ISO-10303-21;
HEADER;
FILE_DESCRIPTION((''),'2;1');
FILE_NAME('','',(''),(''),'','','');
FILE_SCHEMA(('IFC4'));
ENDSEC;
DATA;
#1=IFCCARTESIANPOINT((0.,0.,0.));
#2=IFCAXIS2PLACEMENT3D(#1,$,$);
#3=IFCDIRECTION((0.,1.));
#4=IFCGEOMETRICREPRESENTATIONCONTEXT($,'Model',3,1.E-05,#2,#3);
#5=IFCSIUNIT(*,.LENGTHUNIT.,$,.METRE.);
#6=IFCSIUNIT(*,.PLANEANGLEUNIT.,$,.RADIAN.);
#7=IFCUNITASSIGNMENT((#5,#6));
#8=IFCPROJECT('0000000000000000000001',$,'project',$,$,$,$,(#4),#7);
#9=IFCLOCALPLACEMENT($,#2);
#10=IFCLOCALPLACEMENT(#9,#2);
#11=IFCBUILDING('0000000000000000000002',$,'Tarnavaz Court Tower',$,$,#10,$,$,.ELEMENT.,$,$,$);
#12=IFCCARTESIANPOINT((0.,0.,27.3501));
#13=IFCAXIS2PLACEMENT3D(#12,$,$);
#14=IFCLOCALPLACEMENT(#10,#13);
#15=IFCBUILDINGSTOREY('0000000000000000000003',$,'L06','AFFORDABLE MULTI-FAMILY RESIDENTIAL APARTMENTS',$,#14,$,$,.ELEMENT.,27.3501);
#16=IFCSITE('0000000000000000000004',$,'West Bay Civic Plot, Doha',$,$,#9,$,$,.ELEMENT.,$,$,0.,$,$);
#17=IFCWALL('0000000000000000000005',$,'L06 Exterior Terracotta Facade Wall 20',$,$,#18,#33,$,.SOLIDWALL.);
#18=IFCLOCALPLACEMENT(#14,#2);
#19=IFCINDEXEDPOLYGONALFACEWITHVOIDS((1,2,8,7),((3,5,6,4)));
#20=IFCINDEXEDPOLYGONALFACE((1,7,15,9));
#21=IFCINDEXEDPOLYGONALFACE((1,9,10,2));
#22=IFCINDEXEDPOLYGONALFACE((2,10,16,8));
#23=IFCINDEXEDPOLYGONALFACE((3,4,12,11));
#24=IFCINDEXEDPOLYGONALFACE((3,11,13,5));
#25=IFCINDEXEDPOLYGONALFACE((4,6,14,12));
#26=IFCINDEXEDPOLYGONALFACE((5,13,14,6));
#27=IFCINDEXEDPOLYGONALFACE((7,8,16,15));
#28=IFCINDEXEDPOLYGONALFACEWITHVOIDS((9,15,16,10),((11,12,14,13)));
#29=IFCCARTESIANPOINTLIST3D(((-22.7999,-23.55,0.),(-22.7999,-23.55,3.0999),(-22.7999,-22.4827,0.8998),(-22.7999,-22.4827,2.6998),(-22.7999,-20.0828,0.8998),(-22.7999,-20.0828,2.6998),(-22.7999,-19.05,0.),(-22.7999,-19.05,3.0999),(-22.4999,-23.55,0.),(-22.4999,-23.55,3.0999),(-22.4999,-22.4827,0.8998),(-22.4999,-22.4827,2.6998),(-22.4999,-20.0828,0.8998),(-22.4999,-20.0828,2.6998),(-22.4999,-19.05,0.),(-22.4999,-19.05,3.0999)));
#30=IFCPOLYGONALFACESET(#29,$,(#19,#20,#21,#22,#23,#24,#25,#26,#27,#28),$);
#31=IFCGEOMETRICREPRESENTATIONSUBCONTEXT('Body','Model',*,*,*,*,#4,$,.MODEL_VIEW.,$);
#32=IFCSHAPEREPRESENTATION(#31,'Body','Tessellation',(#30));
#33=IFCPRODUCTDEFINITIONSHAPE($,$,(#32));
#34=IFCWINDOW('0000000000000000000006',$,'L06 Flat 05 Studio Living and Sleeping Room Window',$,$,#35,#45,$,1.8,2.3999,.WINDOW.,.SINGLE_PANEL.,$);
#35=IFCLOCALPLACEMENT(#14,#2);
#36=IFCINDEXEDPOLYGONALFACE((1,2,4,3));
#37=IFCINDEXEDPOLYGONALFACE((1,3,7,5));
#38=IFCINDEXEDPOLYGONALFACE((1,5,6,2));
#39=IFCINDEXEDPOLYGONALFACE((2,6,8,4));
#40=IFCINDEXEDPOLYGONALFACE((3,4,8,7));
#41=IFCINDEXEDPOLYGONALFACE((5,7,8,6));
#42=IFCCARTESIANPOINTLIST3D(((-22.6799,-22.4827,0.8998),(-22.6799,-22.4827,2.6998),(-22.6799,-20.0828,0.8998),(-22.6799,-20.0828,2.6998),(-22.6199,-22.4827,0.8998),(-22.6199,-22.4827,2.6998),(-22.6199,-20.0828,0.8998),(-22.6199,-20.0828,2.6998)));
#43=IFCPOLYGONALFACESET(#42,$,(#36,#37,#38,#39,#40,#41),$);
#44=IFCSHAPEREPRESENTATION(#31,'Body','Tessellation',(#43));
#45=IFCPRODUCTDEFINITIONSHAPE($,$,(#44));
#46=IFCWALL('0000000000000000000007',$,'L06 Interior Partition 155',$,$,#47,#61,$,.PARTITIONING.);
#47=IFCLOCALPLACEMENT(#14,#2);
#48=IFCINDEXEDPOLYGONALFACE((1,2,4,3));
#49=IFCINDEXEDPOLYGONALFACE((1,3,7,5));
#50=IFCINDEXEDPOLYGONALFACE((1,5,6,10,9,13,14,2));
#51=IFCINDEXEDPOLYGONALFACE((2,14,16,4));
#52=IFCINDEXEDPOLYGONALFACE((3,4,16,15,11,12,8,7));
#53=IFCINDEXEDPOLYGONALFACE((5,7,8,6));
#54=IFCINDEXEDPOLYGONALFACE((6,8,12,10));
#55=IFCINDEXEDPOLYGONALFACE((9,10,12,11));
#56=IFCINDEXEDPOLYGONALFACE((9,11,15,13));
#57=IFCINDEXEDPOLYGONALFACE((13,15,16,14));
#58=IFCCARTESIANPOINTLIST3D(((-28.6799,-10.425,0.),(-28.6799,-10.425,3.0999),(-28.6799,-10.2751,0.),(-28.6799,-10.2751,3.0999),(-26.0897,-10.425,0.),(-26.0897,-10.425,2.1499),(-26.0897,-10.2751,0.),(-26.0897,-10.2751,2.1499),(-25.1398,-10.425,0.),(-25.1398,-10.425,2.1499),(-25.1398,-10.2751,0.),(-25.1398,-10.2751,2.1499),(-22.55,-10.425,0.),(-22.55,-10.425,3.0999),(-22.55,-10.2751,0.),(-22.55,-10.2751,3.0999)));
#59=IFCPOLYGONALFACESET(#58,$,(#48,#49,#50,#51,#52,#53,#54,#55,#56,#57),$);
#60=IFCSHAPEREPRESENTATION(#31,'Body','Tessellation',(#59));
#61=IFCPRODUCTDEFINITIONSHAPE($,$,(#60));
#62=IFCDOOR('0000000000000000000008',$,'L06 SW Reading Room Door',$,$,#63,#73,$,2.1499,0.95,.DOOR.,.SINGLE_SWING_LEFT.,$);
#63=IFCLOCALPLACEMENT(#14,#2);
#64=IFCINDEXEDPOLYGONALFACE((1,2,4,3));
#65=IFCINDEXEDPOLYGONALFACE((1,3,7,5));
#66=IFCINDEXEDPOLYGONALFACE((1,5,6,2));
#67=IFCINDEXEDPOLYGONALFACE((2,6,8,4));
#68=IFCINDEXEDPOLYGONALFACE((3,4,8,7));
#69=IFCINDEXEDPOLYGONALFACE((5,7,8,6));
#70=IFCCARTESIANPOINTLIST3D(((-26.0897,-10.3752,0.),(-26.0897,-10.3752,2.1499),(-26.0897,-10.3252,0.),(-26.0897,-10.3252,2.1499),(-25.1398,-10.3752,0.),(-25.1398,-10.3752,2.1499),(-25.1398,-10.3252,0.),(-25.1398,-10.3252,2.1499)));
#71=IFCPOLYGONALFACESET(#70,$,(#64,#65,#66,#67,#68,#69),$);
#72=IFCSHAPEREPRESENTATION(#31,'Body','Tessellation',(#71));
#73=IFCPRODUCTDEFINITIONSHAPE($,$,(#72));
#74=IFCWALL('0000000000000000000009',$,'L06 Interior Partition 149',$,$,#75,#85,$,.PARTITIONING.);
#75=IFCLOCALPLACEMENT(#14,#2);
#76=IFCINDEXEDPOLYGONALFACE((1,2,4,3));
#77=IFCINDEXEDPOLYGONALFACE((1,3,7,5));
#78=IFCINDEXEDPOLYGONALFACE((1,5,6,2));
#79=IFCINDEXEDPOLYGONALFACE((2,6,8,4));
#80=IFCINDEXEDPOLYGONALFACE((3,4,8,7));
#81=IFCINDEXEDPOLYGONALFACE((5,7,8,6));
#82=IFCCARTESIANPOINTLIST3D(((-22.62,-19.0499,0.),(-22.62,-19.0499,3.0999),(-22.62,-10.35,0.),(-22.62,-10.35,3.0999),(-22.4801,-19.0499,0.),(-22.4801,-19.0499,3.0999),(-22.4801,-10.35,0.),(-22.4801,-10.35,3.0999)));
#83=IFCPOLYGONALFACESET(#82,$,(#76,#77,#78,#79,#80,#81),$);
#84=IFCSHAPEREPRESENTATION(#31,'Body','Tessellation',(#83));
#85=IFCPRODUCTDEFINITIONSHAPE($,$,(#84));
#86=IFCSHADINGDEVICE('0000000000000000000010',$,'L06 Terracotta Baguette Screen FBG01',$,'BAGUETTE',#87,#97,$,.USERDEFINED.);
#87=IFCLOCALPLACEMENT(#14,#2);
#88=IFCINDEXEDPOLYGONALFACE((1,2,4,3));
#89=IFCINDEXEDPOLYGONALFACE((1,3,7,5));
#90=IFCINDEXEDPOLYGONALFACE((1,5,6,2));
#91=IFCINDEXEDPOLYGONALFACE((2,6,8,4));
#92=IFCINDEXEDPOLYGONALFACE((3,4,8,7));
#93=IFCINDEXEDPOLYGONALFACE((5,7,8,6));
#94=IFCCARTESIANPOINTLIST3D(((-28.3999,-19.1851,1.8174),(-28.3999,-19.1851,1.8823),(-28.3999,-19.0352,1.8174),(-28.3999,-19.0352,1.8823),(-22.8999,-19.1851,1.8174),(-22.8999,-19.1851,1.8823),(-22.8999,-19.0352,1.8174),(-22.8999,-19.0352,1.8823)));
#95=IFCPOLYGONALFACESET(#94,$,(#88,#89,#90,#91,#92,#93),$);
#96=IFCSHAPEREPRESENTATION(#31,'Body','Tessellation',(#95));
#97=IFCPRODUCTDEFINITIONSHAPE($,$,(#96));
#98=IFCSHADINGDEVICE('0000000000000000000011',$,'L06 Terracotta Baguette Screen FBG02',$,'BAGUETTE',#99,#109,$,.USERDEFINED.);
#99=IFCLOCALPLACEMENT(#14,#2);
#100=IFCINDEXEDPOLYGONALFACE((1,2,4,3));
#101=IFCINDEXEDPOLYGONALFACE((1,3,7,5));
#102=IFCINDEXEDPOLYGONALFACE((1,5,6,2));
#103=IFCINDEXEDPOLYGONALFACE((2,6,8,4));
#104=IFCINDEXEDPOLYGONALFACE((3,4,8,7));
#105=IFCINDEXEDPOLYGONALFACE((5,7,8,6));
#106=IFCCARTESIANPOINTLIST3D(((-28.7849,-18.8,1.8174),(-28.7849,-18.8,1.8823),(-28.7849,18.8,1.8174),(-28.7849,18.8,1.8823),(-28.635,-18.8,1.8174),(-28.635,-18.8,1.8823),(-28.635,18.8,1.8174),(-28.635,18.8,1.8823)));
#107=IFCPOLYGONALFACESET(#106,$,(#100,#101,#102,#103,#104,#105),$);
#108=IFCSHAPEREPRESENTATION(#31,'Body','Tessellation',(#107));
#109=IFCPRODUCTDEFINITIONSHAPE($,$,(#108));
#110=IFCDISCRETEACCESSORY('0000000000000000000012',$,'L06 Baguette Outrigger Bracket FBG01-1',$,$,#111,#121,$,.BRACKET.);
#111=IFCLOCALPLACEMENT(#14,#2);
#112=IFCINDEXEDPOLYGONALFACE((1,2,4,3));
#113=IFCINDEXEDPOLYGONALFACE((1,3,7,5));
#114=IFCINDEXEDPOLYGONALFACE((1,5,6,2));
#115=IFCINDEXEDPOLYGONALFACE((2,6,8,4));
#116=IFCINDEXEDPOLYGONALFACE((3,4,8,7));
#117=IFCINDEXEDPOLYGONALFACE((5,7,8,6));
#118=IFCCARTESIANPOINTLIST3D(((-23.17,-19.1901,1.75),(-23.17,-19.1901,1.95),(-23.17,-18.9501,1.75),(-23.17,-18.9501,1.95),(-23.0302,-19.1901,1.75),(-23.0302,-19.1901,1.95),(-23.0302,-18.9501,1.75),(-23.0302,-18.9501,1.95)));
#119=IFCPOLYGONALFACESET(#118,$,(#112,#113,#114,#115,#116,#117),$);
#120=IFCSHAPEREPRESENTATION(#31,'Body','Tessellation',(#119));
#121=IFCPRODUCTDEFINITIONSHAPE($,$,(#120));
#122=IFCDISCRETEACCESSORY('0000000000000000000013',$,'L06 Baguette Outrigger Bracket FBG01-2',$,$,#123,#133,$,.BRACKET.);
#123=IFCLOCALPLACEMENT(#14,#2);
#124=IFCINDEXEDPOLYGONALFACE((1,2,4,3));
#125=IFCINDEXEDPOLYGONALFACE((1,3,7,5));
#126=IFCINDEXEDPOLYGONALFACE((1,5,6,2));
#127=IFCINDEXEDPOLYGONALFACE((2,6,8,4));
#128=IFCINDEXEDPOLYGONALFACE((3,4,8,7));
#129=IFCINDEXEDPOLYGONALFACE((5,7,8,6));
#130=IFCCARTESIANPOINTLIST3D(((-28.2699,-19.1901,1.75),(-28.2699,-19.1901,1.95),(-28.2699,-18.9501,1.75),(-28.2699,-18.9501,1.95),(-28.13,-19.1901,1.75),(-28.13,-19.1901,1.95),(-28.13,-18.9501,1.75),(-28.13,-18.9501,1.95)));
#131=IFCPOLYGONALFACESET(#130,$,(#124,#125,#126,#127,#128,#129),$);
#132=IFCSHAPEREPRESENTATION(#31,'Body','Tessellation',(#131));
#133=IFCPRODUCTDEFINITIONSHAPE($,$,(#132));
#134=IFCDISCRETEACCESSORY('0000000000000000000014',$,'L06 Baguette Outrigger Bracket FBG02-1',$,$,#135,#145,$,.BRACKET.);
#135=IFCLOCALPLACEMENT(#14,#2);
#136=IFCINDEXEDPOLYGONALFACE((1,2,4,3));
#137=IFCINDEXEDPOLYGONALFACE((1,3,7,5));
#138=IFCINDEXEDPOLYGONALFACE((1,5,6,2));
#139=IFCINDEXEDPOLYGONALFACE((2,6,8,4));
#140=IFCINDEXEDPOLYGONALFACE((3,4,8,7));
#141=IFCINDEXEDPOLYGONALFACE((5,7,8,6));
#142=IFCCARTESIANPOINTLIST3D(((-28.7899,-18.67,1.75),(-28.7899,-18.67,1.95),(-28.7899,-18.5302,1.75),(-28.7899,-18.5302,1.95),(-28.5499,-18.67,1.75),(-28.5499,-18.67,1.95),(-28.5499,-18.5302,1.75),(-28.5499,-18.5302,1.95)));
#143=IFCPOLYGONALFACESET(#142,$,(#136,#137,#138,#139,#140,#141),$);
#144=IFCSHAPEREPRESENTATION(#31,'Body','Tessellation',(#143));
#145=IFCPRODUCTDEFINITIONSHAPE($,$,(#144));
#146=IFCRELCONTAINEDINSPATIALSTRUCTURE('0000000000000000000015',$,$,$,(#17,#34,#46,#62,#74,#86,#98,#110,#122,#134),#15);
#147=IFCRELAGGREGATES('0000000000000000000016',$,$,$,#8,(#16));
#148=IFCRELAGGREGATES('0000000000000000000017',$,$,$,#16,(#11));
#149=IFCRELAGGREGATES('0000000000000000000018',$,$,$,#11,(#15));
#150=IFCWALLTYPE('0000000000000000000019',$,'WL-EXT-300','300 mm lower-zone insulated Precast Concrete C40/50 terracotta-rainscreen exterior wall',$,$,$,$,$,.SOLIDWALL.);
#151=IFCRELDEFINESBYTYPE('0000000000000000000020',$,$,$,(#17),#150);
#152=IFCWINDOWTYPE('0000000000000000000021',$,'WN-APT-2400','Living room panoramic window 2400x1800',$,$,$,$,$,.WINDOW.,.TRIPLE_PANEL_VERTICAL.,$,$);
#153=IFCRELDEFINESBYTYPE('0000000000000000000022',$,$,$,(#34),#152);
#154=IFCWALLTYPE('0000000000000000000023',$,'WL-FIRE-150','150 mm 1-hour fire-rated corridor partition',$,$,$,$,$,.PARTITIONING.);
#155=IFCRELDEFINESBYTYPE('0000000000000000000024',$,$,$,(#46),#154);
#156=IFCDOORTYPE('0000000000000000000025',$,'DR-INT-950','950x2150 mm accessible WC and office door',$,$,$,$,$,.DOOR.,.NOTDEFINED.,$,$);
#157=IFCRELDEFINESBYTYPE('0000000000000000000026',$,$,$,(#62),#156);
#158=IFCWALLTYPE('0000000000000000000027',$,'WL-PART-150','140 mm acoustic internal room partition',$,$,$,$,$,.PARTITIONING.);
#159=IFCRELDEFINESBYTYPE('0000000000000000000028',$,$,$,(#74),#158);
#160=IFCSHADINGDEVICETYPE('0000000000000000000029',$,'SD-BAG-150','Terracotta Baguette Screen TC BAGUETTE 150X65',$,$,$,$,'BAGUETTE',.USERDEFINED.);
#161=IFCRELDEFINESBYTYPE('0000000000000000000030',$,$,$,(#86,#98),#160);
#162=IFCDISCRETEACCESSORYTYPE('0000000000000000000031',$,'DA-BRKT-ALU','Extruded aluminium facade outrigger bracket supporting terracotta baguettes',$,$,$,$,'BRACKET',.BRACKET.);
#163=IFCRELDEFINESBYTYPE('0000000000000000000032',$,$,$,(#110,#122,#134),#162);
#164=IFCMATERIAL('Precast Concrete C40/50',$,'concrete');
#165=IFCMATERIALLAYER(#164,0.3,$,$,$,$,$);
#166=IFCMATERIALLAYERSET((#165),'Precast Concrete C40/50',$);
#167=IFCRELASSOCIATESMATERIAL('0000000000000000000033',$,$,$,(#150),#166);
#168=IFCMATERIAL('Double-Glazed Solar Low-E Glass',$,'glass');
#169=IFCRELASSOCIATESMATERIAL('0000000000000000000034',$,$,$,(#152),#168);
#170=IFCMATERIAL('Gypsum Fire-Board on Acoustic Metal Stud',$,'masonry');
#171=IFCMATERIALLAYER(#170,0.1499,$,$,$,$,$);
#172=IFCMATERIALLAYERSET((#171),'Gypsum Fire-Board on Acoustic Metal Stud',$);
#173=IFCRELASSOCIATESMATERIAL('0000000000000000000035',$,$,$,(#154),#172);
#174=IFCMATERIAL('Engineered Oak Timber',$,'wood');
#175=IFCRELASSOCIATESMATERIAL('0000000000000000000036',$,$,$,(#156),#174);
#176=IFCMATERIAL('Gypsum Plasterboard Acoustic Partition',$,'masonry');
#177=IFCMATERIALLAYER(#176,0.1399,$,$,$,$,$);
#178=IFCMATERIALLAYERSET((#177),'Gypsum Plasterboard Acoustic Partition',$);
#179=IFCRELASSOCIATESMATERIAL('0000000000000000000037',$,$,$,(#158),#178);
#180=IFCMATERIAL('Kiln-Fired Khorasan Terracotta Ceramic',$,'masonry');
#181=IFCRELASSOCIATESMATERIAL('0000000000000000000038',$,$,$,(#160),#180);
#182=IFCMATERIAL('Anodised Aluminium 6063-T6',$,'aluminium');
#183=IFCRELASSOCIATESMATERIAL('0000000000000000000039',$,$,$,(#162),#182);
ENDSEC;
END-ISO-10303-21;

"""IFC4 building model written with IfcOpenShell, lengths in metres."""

from ifc_helpers import new_model, si_unit, direction, frame, frame_2d, origin, origin_2d, place, context, subcontext, project, spatial, rectangle, extrude, material, layer, layer_set, material_profile, profile_set, type_object, element, fill, save


model = new_model("IFC4")

# Units and contexts
model_context = context("Model", 3, precision=1e-05, world=origin(), true_north=direction((0.0, 1.0)))
body_context = subcontext(model_context, "Body", "Model", "MODEL_VIEW")
ifc_project = project(units=[si_unit("LENGTHUNIT", "METRE"), si_unit("PLANEANGLEUNIT", "RADIAN")], contexts=[model_context])

# Site, building, storey
site_placement = place(None, origin())
site = spatial("IfcSite", under=ifc_project, at=site_placement, Name="West Bay Civic Plot, Doha", CompositionType="ELEMENT", RefElevation=0.0)
building_placement = place(site_placement, origin())
building = spatial("IfcBuilding", under=site, at=building_placement, Name="Tarnavaz Court Tower", CompositionType="ELEMENT")
storey_placement = place(building_placement, frame((0.0, 0.0, 27.3501)))
storey = spatial("IfcBuildingStorey", under=building, at=storey_placement, Name="L06", Description="AFFORDABLE MULTI-FAMILY RESIDENTIAL APARTMENTS", CompositionType="ELEMENT", Elevation=27.3501)

# Shared definitions
ifc_material_1 = material(Name="Precast Concrete C40/50", Category="concrete")
ifc_layer_1 = layer(ifc_material_1, 0.3)
ifc_layer_set_1 = layer_set([ifc_layer_1], Name="Precast Concrete C40/50")
wall_type_1 = type_object("IfcWallType", Name="WL-EXT-300", Description="300 mm lower-zone insulated Precast Concrete C40/50 terracotta-rainscreen exterior wall", PredefinedType="SOLIDWALL", material=ifc_layer_set_1)
ifc_material_2 = material(Name="Double-Glazed Solar Low-E Glass", Category="glass")
window_type_1 = type_object("IfcWindowType", Name="WN-APT-2400", Description="Living room panoramic window 2400x1800", PartitioningType="TRIPLE_PANEL_VERTICAL", PredefinedType="WINDOW", material=ifc_material_2)

# Wall, opening, window
wall_1_placement = place(storey_placement, frame((-22.6499, -23.55, 0.0), z_axis=(0.0, 0.0, 1.0), x_axis=(0.0, 1.0, 0.0)))
wall_1 = element("IfcWall", 1, at=wall_1_placement, inside=storey, type_object=wall_type_1, Name="L06 Exterior Terracotta Facade Wall 20", PredefinedType="SOLIDWALL", context=body_context, shape_type="SweptSolid", body=[
    extrude(rectangle(XDim=4.5, YDim=0.3, at=frame_2d((2.25, 0.0))), origin(), (0.0, 0.0, 1.0), 3.0999),
])
opening_1_placement = place(wall_1_placement, frame((1.0674, 0.0, 0.8999)))
opening_1 = element("IfcOpeningElement", 2, at=opening_1_placement, cuts=wall_1, PredefinedType="OPENING", context=body_context, shape_type="SweptSolid", body=[
    extrude(rectangle(XDim=2.3999, YDim=1.8, at=frame_2d((1.2, 0.8999))), frame((0.0, 0.1599, 0.0), z_axis=(0.0, -1.0, 0.0), x_axis=(1.0, 0.0, 0.0)), (0.0, 0.0, 1.0), 0.3201),
])
window_1_placement = place(opening_1_placement, origin())
window_1 = element("IfcWindow", 3, at=window_1_placement, inside=storey, type_object=window_type_1, Name="L06 Flat 05 Studio Living and Sleeping Room Window", OverallHeight=1.8, OverallWidth=2.3999, PartitioningType="SINGLE_PANEL", PredefinedType="WINDOW", context=body_context, shape_type="SweptSolid", body=[
    extrude(rectangle(XDim=2.3999, YDim=1.8, at=frame_2d((1.2, 0.8999))), frame((0.0, 0.03, 0.0), z_axis=(0.0, -1.0, 0.0), x_axis=(1.0, 0.0, 0.0)), (0.0, 0.0, 1.0), 0.0601),
])
fill(opening_1, window_1)

# Wall, opening, door
ifc_material_3 = material(Name="Gypsum Fire-Board on Acoustic Metal Stud", Category="masonry")
ifc_layer_2 = layer(ifc_material_3, 0.1499)
ifc_layer_set_2 = layer_set([ifc_layer_2], Name="Gypsum Fire-Board on Acoustic Metal Stud")
wall_type_2 = type_object("IfcWallType", Name="WL-FIRE-150", Description="150 mm 1-hour fire-rated corridor partition", PredefinedType="PARTITIONING", material=ifc_layer_set_2)
wall_2_placement = place(storey_placement, frame((-28.6799, -10.3501, 0.0), z_axis=(0.0, 0.0, 1.0), x_axis=(1.0, 0.0, 0.0)))
wall_2 = element("IfcWall", 4, at=wall_2_placement, inside=storey, type_object=wall_type_2, Name="L06 Interior Partition 155", PredefinedType="PARTITIONING", context=body_context, shape_type="SweptSolid", body=[
    extrude(rectangle(XDim=6.1299, YDim=0.1499, at=frame_2d((3.0649, 0.0))), origin(), (0.0, 0.0, 1.0), 3.0999),
])
opening_2_placement = place(wall_2_placement, frame((2.5901, 0.0, 0.0)))
opening_2 = element("IfcOpeningElement", 5, at=opening_2_placement, cuts=wall_2, PredefinedType="OPENING", context=body_context, shape_type="SweptSolid", body=[
    extrude(rectangle(XDim=0.95, YDim=2.1499, at=frame_2d((0.4751, 1.075))), frame((0.0, 0.085, 0.0), z_axis=(0.0, -1.0, 0.0), x_axis=(1.0, 0.0, 0.0)), (0.0, 0.0, 1.0), 0.1699),
])
ifc_material_4 = material(Name="Engineered Oak Timber", Category="wood")
door_type = type_object("IfcDoorType", Name="DR-INT-950", Description="950x2150 mm accessible WC and office door", OperationType="NOTDEFINED", PredefinedType="DOOR", material=ifc_material_4)
door_placement = place(opening_2_placement, origin())
door = element("IfcDoor", 6, at=door_placement, inside=storey, type_object=door_type, Name="L06 SW Reading Room Door", OperationType="SINGLE_SWING_LEFT", OverallHeight=2.1499, OverallWidth=0.95, PredefinedType="DOOR", context=body_context, shape_type="SweptSolid", body=[
    extrude(rectangle(XDim=0.95, YDim=2.1499, at=frame_2d((0.4751, 1.075))), frame((0.0, 0.0249, 0.0), z_axis=(0.0, -1.0, 0.0), x_axis=(1.0, 0.0, 0.0)), (0.0, 0.0, 1.0), 0.05),
])
fill(opening_2, door)

# Wall
ifc_material_5 = material(Name="Gypsum Plasterboard Acoustic Partition", Category="masonry")
ifc_layer_3 = layer(ifc_material_5, 0.1399)
ifc_layer_set_3 = layer_set([ifc_layer_3], Name="Gypsum Plasterboard Acoustic Partition")
wall_type_3 = type_object("IfcWallType", Name="WL-PART-150", Description="140 mm acoustic internal room partition", PredefinedType="PARTITIONING", material=ifc_layer_set_3)
wall_3_placement = place(storey_placement, frame((-22.55, -19.05, 0.0), z_axis=(0.0, 0.0, 1.0), x_axis=(0.0, 1.0, 0.0)))
element("IfcWall", 7, at=wall_3_placement, inside=storey, type_object=wall_type_3, Name="L06 Interior Partition 149", PredefinedType="PARTITIONING", context=body_context, shape_type="SweptSolid", body=[
    extrude(rectangle(XDim=8.7, YDim=0.1399, at=frame_2d((4.3501, 0.0))), origin(), (0.0, 0.0, 1.0), 3.0999),
])

# Shading devices
ifc_material_6 = material(Name="Kiln-Fired Khorasan Terracotta Ceramic", Category="masonry")
ifc_material_profile_1 = material_profile(ifc_material_6, rectangle(XDim=0.1499, YDim=0.0649, at=origin_2d()), Name="TC BAGUETTE 150X65")
ifc_profile_set_1 = profile_set([ifc_material_profile_1], Name="Kiln-Fired Khorasan Terracotta Ceramic")
shading_device_type = type_object("IfcShadingDeviceType", Name="SD-BAG-150", Description="Terracotta Baguette Screen TC BAGUETTE 150X65", ElementType="BAGUETTE", PredefinedType="USERDEFINED", material=ifc_profile_set_1)
shading_device_1_placement = place(storey_placement, frame((-22.8999, -19.1101, 1.8499), z_axis=(-1.0, 0.0, 0.0), x_axis=(0.0, -1.0, 0.0)))
element("IfcShadingDevice", 8, at=shading_device_1_placement, inside=storey, type_object=shading_device_type, Name="L06 Terracotta Baguette Screen FBG01", ObjectType="BAGUETTE", PredefinedType="USERDEFINED", context=body_context, shape_type="SweptSolid", body=[
    extrude(rectangle(XDim=0.1499, YDim=0.0649, at=origin_2d()), origin(), (0.0, 0.0, 1.0), 5.5),
])
shading_device_2_placement = place(storey_placement, frame((-28.71, -18.8, 1.8499), z_axis=(0.0, 1.0, 0.0), x_axis=(-1.0, 0.0, 0.0)))
element("IfcShadingDevice", 9, at=shading_device_2_placement, inside=storey, type_object=shading_device_type, Name="L06 Terracotta Baguette Screen FBG02", ObjectType="BAGUETTE", PredefinedType="USERDEFINED", context=body_context, shape_type="SweptSolid", body=[
    extrude(rectangle(XDim=0.1499, YDim=0.0649, at=origin_2d()), origin(), (0.0, 0.0, 1.0), 37.6001),
])

# Discrete accessories
ifc_material_7 = material(Name="Anodised Aluminium 6063-T6", Category="aluminium")
discrete_accessory_type = type_object("IfcDiscreteAccessoryType", Name="DA-BRKT-ALU", Description="Extruded aluminium facade outrigger bracket supporting terracotta baguettes", ElementType="BRACKET", PredefinedType="BRACKET", material=ifc_material_7)
for number, where, z_axis, x_axis, name in (
    (10, (-23.1001, -19.0701, 1.75), (0.0, 0.0, 1.0), (-1.0, 0.0, 0.0), "L06 Baguette Outrigger Bracket FBG01-1"),
    (11, (-28.2, -19.0701, 1.75), (0.0, 0.0, 1.0), (-1.0, 0.0, 0.0), "L06 Baguette Outrigger Bracket FBG01-2"),
    (12, (-28.6699, -18.6001, 1.75), (0.0, 0.0, 1.0), (0.0, 1.0, 0.0), "L06 Baguette Outrigger Bracket FBG02-1"),
):
    element("IfcDiscreteAccessory", number, at=place(storey_placement, frame(where, z_axis=z_axis, x_axis=x_axis)), inside=storey, type_object=discrete_accessory_type, Name=name, PredefinedType="BRACKET", context=body_context, shape_type="SweptSolid", body=[
        extrude(rectangle(XDim=0.1399, YDim=0.24, at=origin_2d()), origin(), (0.0, 0.0, 1.0), 0.2),
    ])

save(model, "model.ifc")
